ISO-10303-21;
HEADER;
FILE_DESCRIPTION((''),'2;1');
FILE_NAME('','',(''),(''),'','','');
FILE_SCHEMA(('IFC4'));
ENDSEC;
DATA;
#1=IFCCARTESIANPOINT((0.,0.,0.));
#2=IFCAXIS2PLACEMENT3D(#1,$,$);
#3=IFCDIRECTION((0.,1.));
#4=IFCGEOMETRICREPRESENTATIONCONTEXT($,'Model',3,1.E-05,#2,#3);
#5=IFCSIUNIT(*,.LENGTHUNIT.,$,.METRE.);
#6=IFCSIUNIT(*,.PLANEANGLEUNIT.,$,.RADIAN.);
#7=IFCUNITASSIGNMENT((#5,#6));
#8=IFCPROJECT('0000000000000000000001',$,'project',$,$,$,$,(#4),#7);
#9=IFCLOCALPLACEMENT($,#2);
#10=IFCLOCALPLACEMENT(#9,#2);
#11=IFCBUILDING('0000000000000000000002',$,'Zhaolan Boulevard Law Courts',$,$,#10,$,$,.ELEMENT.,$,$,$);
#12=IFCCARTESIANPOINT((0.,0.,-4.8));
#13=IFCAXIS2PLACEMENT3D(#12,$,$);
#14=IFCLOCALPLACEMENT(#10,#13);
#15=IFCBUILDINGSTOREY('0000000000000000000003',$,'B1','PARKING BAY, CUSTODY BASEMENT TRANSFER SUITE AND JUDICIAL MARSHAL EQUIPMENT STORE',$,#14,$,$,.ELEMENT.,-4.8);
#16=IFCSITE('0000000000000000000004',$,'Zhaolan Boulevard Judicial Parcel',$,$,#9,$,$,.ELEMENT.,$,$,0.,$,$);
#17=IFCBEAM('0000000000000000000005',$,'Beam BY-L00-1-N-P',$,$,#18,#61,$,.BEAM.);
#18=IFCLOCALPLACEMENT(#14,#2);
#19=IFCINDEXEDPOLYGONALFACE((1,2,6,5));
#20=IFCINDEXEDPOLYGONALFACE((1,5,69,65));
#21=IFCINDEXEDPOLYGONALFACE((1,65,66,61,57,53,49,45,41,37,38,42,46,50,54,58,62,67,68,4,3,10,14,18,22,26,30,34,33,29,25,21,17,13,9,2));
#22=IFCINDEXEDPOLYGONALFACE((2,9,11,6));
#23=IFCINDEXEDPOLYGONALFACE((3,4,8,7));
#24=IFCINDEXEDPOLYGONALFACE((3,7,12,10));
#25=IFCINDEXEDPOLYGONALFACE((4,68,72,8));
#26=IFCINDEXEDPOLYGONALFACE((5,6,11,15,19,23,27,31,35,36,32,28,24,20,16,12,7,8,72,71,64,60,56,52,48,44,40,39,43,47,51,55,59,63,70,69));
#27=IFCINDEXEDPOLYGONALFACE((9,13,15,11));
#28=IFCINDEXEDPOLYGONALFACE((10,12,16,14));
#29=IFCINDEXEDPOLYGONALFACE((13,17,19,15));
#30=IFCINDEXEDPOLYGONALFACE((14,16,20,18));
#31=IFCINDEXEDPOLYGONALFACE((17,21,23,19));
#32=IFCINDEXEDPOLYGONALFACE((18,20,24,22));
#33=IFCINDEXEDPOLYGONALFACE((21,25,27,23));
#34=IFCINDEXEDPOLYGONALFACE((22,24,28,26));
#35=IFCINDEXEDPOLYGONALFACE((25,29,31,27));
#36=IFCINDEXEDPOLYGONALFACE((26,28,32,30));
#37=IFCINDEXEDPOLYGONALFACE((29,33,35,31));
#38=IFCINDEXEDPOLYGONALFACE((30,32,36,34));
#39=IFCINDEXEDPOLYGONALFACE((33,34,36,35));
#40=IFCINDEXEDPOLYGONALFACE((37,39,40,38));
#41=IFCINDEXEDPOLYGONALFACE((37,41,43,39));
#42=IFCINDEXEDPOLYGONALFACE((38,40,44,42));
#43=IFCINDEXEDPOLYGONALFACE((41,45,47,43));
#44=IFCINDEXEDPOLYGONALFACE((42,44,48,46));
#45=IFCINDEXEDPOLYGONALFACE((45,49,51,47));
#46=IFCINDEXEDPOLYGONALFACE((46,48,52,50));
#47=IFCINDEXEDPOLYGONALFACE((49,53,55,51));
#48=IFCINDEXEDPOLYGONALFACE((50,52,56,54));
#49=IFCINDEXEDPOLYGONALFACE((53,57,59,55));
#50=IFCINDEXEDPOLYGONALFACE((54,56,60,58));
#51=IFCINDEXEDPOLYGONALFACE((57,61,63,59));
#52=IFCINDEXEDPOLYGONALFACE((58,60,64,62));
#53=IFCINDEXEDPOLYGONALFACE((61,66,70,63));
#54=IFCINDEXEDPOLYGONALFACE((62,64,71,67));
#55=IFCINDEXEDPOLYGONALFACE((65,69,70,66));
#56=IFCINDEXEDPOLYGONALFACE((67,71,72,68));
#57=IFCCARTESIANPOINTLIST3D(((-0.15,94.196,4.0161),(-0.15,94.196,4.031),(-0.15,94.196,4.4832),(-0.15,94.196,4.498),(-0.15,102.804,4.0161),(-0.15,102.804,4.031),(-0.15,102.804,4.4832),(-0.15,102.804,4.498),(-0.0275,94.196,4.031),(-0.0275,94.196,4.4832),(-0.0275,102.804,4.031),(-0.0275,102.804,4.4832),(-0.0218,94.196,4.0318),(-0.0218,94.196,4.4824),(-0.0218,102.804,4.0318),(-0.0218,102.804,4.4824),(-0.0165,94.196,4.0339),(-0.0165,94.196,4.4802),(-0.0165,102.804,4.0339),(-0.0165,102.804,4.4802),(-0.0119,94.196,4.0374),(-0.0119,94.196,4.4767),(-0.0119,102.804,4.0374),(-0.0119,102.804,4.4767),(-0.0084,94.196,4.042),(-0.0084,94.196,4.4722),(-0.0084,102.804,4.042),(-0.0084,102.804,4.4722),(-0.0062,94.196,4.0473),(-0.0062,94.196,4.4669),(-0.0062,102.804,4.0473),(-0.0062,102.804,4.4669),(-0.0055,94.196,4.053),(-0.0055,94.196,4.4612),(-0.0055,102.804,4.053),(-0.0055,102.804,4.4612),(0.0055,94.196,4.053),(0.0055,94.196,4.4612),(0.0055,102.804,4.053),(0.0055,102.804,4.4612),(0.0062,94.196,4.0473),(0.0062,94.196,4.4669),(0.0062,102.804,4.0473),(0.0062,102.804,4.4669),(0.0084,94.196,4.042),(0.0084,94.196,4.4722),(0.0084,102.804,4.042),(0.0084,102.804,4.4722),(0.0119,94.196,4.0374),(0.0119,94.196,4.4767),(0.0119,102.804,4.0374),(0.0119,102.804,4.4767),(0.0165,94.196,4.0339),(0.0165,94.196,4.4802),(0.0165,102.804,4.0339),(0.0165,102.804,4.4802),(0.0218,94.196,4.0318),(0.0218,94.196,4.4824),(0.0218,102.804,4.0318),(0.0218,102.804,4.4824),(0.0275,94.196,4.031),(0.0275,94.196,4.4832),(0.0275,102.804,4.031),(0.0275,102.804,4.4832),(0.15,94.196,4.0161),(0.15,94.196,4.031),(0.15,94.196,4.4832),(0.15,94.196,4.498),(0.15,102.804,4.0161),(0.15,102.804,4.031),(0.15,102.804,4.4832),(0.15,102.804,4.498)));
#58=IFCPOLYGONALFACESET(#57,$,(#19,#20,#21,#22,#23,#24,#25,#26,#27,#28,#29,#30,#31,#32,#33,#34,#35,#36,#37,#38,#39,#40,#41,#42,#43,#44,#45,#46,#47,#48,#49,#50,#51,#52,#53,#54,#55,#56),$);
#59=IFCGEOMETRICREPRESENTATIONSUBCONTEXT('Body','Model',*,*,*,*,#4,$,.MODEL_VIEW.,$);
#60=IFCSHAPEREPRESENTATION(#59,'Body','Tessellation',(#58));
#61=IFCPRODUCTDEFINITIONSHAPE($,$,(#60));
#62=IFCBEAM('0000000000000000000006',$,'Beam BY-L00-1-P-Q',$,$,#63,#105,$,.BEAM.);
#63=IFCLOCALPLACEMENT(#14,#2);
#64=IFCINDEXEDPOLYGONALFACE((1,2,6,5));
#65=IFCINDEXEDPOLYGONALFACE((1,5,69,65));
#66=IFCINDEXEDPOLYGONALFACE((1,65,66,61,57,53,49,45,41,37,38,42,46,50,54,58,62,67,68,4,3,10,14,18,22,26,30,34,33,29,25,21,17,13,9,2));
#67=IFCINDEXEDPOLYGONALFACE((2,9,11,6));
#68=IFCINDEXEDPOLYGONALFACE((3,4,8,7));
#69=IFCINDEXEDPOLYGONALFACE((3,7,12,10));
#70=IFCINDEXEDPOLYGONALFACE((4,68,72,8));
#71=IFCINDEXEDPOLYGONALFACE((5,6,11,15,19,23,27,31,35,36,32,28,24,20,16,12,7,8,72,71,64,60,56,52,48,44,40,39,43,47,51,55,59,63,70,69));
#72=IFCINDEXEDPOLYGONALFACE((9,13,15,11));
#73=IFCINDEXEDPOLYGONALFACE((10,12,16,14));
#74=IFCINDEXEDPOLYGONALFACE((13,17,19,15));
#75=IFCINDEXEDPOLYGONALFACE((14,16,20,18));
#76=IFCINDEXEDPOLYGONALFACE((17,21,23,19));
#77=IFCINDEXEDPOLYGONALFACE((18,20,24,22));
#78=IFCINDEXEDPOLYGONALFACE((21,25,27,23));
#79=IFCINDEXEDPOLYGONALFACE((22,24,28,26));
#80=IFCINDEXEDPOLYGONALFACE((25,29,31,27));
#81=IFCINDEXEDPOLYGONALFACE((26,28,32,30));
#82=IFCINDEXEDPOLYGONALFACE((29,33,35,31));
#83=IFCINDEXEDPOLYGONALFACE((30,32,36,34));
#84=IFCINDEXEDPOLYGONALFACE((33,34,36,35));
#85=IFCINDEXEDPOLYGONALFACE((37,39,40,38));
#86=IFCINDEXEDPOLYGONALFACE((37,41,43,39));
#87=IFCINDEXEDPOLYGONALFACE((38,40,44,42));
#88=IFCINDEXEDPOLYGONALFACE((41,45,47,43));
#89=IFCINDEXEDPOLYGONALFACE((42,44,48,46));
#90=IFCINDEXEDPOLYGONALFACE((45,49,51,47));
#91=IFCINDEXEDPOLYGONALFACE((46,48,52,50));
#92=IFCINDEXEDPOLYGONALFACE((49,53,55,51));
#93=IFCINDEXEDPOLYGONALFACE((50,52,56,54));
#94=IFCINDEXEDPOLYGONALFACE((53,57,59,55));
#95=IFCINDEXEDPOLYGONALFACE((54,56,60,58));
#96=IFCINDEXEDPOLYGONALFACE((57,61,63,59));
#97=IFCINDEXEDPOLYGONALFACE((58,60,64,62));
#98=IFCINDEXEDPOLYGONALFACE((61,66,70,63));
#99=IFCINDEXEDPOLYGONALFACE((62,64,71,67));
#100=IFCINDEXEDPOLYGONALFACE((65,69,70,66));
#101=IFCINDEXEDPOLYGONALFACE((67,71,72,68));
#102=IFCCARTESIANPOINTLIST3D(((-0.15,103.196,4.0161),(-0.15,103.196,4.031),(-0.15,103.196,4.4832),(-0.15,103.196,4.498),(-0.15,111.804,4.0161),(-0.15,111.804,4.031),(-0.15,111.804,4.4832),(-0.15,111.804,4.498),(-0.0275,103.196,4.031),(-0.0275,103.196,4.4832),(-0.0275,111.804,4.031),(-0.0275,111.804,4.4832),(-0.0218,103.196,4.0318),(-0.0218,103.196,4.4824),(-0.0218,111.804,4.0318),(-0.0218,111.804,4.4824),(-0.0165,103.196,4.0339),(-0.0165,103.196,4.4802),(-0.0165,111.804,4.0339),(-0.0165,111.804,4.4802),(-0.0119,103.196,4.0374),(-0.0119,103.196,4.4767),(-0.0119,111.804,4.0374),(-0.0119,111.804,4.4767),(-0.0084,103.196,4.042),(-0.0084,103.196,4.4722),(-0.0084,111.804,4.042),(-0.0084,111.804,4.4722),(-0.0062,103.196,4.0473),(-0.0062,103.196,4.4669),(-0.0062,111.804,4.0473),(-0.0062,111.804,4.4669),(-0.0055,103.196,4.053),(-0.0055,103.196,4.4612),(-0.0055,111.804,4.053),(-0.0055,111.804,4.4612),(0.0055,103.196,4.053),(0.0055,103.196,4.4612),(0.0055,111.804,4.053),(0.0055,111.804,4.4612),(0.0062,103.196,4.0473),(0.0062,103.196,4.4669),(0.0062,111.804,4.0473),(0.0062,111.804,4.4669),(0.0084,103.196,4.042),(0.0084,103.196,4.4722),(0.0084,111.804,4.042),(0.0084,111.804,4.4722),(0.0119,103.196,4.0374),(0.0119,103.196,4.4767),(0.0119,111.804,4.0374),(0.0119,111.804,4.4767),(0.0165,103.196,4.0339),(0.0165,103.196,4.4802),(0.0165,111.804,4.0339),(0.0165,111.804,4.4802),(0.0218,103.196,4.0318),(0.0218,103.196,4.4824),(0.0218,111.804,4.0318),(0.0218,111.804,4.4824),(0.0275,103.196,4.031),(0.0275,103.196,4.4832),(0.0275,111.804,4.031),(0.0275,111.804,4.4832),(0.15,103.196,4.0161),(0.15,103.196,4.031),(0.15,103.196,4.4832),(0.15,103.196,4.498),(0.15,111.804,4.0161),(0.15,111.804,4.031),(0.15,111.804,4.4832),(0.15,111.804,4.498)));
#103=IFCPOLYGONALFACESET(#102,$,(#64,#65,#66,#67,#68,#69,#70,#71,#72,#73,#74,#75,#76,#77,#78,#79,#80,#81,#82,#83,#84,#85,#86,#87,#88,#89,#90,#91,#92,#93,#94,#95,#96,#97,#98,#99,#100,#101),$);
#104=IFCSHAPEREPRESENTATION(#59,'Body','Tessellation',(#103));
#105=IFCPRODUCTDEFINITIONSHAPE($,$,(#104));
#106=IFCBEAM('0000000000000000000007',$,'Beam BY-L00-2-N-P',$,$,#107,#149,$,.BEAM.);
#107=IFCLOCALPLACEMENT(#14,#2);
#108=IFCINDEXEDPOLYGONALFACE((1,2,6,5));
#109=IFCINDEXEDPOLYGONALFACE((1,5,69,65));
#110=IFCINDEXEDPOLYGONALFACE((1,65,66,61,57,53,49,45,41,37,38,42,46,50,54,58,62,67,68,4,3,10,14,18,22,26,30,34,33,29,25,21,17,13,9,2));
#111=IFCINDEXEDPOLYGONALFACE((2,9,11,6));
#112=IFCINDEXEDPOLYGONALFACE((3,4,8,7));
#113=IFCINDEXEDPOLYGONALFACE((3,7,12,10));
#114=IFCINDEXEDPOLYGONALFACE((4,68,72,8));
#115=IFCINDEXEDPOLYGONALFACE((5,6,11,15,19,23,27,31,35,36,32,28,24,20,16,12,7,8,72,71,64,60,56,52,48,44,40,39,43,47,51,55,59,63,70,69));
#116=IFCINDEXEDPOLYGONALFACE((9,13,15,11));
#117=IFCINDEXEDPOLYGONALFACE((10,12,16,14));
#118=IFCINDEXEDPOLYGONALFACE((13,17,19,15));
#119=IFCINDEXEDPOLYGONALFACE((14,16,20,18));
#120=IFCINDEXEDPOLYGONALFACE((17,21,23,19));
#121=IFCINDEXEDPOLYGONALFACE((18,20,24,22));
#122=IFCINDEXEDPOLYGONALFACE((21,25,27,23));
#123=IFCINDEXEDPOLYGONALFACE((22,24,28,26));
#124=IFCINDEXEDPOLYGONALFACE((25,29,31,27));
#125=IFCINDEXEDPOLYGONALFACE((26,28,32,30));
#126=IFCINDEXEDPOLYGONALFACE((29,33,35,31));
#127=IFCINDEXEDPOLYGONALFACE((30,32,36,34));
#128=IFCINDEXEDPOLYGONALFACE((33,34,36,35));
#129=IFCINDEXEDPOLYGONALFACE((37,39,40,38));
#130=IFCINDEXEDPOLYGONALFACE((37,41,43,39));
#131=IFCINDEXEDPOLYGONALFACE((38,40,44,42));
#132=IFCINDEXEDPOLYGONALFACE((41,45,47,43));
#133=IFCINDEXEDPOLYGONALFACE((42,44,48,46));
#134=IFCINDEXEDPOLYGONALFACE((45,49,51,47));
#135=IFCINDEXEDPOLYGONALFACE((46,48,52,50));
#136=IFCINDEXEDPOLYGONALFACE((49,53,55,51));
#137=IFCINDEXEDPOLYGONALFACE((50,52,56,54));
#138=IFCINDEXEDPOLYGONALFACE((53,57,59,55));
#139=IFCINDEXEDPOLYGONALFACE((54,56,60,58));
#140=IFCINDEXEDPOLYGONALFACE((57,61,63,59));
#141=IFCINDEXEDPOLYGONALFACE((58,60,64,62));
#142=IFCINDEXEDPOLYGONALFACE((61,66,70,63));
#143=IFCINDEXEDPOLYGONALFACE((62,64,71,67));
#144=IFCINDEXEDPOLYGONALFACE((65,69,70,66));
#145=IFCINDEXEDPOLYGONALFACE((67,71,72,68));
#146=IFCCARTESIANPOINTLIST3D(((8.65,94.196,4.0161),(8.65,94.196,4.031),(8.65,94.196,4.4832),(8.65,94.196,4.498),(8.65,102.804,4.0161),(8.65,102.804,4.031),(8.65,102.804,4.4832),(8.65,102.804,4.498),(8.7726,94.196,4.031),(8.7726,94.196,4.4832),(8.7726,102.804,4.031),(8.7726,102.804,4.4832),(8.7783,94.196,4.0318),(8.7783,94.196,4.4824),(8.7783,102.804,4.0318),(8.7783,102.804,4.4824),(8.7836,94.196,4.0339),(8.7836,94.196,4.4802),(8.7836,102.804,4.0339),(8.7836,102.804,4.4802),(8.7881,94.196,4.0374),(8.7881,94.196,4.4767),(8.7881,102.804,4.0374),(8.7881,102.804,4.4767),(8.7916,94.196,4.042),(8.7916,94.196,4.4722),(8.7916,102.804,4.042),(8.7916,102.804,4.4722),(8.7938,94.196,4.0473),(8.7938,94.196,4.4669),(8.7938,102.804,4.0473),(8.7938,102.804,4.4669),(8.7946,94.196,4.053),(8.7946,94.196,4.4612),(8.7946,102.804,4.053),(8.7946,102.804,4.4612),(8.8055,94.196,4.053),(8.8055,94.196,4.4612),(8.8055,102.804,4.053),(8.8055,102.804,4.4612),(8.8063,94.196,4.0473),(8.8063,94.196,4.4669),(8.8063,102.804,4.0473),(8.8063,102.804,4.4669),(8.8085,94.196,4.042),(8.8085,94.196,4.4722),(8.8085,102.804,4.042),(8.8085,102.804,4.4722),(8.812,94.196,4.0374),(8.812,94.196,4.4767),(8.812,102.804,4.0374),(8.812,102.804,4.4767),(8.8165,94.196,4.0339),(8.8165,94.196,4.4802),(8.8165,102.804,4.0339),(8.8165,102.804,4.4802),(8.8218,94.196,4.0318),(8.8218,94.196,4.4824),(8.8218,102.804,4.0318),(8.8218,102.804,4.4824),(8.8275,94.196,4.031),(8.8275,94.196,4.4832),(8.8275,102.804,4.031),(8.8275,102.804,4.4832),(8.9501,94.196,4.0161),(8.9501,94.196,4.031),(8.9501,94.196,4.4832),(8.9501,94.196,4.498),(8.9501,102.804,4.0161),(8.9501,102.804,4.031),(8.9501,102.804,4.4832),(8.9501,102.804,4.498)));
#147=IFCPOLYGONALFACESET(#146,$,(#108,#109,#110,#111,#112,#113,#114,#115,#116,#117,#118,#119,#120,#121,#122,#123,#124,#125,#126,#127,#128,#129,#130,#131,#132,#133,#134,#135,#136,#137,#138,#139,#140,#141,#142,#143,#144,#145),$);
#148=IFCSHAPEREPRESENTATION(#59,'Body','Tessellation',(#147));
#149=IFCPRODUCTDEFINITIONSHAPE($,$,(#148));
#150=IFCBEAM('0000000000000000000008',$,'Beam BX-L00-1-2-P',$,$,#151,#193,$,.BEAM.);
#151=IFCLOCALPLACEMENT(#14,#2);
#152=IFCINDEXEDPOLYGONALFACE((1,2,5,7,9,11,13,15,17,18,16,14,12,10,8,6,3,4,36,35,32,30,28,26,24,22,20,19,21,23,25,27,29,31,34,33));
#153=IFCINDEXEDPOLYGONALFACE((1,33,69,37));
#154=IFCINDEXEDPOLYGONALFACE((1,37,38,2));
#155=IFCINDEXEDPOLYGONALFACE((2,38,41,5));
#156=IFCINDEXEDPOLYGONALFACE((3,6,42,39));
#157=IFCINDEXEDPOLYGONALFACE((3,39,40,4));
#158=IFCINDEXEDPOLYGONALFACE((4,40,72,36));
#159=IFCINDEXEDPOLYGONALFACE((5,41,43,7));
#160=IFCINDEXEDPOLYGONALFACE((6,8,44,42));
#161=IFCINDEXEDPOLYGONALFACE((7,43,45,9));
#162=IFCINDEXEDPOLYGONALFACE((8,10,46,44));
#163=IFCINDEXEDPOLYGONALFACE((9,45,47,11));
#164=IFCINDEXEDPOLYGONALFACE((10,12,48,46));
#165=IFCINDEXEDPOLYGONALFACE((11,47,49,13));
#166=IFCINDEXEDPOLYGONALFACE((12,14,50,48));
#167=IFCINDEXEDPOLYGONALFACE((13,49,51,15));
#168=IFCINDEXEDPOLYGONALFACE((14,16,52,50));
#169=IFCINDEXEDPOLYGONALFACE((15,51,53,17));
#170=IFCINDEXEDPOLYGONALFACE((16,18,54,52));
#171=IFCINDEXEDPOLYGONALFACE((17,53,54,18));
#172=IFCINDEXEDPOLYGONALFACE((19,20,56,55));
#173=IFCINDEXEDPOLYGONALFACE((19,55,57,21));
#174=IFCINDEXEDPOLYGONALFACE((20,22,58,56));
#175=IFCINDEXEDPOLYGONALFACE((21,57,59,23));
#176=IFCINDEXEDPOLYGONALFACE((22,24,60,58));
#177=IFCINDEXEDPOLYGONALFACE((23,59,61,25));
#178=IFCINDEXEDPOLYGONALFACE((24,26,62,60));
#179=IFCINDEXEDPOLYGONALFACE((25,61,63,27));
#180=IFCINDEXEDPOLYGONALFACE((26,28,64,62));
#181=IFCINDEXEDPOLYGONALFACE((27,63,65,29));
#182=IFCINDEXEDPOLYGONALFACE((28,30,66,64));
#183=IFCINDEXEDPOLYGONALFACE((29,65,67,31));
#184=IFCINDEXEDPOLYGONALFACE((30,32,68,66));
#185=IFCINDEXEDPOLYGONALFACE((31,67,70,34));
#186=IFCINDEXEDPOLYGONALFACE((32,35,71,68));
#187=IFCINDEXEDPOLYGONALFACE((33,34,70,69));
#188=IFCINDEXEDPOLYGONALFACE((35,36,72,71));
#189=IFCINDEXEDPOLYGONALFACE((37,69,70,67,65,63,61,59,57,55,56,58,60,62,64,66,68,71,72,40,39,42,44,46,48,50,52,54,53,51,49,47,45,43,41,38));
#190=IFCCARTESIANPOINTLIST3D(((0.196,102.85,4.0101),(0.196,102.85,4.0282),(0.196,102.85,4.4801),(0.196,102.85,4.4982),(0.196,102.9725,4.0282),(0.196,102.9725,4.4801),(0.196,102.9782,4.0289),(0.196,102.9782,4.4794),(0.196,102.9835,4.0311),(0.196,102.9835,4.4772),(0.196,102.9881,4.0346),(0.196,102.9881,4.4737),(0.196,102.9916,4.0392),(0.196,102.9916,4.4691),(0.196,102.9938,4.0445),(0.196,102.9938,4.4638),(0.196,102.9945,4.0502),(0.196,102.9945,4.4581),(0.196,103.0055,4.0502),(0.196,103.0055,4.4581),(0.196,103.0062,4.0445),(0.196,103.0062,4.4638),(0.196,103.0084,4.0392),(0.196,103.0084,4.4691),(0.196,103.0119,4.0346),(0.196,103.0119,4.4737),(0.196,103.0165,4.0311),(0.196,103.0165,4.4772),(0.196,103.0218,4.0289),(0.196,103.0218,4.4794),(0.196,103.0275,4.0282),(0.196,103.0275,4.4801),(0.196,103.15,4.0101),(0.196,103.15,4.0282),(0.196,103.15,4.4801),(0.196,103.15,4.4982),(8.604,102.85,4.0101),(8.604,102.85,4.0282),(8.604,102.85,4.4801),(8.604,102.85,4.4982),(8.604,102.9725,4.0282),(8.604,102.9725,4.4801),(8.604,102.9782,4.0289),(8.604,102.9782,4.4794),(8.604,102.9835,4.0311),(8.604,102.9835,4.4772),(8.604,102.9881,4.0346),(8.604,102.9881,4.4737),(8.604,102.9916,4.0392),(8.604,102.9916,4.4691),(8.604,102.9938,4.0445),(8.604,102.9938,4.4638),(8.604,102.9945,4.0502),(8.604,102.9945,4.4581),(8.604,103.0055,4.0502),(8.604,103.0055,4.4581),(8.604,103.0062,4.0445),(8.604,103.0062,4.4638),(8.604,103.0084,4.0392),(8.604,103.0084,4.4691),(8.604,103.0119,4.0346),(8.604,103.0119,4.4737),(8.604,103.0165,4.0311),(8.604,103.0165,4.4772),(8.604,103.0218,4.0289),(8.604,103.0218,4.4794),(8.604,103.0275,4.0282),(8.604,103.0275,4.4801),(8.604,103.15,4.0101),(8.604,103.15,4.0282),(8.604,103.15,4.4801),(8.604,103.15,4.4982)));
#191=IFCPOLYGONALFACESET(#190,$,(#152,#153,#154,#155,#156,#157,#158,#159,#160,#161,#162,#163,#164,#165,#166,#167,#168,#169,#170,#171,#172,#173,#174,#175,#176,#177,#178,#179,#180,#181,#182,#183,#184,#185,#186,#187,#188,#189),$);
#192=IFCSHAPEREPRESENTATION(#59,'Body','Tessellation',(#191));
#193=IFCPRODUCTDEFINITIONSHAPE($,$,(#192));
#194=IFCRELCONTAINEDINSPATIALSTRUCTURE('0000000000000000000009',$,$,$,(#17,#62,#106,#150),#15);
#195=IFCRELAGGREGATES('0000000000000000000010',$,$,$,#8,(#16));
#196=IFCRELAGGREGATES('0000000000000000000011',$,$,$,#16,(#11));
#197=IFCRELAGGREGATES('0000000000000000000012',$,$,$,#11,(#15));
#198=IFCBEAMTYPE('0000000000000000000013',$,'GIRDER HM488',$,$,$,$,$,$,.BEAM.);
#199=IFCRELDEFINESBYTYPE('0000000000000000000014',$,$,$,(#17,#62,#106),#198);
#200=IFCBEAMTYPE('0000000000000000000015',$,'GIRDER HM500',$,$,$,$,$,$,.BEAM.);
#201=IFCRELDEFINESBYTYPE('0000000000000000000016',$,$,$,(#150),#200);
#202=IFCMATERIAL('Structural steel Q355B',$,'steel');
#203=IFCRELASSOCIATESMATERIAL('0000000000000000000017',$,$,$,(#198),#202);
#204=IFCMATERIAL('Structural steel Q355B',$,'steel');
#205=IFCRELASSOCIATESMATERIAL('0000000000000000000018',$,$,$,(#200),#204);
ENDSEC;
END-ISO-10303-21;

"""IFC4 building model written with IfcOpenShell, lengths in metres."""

from ifc_helpers import new_model, si_unit, direction, frame, origin, origin_2d, place, context, subcontext, project, spatial, i_section, extrude, material, material_profile, profile_set, type_object, element, save


model = new_model("IFC4")

# Units and contexts
model_context = context("Model", 3, precision=1e-05, world=origin(), true_north=direction((0.0, 1.0)))
body_context = subcontext(model_context, "Body", "Model", "MODEL_VIEW")
ifc_project = project(units=[si_unit("LENGTHUNIT", "METRE"), si_unit("PLANEANGLEUNIT", "RADIAN")], contexts=[model_context])

# Site, building, storey
site_placement = place(None, origin())
site = spatial("IfcSite", under=ifc_project, at=site_placement, Name="Zhaolan Boulevard Judicial Parcel", CompositionType="ELEMENT", RefElevation=0.0)
building_placement = place(site_placement, origin())
building = spatial("IfcBuilding", under=site, at=building_placement, Name="Zhaolan Boulevard Law Courts", CompositionType="ELEMENT")
storey_placement = place(building_placement, frame((0.0, 0.0, -4.8)))
storey = spatial("IfcBuildingStorey", under=building, at=storey_placement, Name="B1", Description="PARKING BAY, CUSTODY BASEMENT TRANSFER SUITE AND JUDICIAL MARSHAL EQUIPMENT STORE", CompositionType="ELEMENT", Elevation=-4.8)

# Beams
ifc_material_1 = material(Name="Structural steel Q355B", Category="steel")
ifc_material_profile_1 = material_profile(ifc_material_1, i_section(OverallWidth=0.3, OverallDepth=0.4819, WebThickness=0.011, FlangeThickness=0.0149, FilletRadius=0.022, at=origin_2d()), Name="HM482x300")
ifc_profile_set_1 = profile_set([ifc_material_profile_1], Name="Structural steel Q355B")
beam_type_1 = type_object("IfcBeamType", Name="GIRDER HM488", PredefinedType="BEAM", material=ifc_profile_set_1)
for number, where, z_axis, x_axis, name in (
    (1, (0.0, 94.196, 4.2571), (0.0, 1.0, 0.0), (-1.0, 0.0, 0.0), "Beam BY-L00-1-N-P"),
    (2, (0.0, 103.196, 4.2571), (0.0, 1.0, 0.0), (-1.0, 0.0, 0.0), "Beam BY-L00-1-P-Q"),
    (3, (8.8, 94.196, 4.2571), (0.0, 1.0, 0.0), (-1.0, 0.0, 0.0), "Beam BY-L00-2-N-P"),
):
    element("IfcBeam", number, at=place(storey_placement, frame(where, z_axis=z_axis, x_axis=x_axis)), inside=storey, type_object=beam_type_1, Name=name, PredefinedType="BEAM", context=body_context, shape_type="SweptSolid", body=[
        extrude(i_section(OverallWidth=0.3, OverallDepth=0.4819, WebThickness=0.011, FlangeThickness=0.0149, FilletRadius=0.022, at=origin_2d()), origin(), (0.0, 0.0, 1.0), 8.6079),
    ])
ifc_material_2 = material(Name="Structural steel Q355B", Category="steel")
ifc_material_profile_2 = material_profile(ifc_material_2, i_section(OverallWidth=0.3, OverallDepth=0.488, WebThickness=0.011, FlangeThickness=0.0181, FilletRadius=0.022, at=origin_2d()), Name="HM488x300")
ifc_profile_set_2 = profile_set([ifc_material_profile_2], Name="Structural steel Q355B")
beam_type_2 = type_object("IfcBeamType", Name="GIRDER HM500", PredefinedType="BEAM", material=ifc_profile_set_2)
for number, where, z_axis, x_axis, name in (
    (4, (0.196, 103.0, 4.2542), (1.0, 0.0, 0.0), (0.0, 1.0, 0.0), "Beam BX-L00-1-2-P"),
):
    element("IfcBeam", number, at=place(storey_placement, frame(where, z_axis=z_axis, x_axis=x_axis)), inside=storey, type_object=beam_type_2, Name=name, PredefinedType="BEAM", context=body_context, shape_type="SweptSolid", body=[
        extrude(i_section(OverallWidth=0.3, OverallDepth=0.488, WebThickness=0.011, FlangeThickness=0.0181, FilletRadius=0.022, at=origin_2d()), origin(), (0.0, 0.0, 1.0), 8.408),
    ])

save(model, "model.ifc")
